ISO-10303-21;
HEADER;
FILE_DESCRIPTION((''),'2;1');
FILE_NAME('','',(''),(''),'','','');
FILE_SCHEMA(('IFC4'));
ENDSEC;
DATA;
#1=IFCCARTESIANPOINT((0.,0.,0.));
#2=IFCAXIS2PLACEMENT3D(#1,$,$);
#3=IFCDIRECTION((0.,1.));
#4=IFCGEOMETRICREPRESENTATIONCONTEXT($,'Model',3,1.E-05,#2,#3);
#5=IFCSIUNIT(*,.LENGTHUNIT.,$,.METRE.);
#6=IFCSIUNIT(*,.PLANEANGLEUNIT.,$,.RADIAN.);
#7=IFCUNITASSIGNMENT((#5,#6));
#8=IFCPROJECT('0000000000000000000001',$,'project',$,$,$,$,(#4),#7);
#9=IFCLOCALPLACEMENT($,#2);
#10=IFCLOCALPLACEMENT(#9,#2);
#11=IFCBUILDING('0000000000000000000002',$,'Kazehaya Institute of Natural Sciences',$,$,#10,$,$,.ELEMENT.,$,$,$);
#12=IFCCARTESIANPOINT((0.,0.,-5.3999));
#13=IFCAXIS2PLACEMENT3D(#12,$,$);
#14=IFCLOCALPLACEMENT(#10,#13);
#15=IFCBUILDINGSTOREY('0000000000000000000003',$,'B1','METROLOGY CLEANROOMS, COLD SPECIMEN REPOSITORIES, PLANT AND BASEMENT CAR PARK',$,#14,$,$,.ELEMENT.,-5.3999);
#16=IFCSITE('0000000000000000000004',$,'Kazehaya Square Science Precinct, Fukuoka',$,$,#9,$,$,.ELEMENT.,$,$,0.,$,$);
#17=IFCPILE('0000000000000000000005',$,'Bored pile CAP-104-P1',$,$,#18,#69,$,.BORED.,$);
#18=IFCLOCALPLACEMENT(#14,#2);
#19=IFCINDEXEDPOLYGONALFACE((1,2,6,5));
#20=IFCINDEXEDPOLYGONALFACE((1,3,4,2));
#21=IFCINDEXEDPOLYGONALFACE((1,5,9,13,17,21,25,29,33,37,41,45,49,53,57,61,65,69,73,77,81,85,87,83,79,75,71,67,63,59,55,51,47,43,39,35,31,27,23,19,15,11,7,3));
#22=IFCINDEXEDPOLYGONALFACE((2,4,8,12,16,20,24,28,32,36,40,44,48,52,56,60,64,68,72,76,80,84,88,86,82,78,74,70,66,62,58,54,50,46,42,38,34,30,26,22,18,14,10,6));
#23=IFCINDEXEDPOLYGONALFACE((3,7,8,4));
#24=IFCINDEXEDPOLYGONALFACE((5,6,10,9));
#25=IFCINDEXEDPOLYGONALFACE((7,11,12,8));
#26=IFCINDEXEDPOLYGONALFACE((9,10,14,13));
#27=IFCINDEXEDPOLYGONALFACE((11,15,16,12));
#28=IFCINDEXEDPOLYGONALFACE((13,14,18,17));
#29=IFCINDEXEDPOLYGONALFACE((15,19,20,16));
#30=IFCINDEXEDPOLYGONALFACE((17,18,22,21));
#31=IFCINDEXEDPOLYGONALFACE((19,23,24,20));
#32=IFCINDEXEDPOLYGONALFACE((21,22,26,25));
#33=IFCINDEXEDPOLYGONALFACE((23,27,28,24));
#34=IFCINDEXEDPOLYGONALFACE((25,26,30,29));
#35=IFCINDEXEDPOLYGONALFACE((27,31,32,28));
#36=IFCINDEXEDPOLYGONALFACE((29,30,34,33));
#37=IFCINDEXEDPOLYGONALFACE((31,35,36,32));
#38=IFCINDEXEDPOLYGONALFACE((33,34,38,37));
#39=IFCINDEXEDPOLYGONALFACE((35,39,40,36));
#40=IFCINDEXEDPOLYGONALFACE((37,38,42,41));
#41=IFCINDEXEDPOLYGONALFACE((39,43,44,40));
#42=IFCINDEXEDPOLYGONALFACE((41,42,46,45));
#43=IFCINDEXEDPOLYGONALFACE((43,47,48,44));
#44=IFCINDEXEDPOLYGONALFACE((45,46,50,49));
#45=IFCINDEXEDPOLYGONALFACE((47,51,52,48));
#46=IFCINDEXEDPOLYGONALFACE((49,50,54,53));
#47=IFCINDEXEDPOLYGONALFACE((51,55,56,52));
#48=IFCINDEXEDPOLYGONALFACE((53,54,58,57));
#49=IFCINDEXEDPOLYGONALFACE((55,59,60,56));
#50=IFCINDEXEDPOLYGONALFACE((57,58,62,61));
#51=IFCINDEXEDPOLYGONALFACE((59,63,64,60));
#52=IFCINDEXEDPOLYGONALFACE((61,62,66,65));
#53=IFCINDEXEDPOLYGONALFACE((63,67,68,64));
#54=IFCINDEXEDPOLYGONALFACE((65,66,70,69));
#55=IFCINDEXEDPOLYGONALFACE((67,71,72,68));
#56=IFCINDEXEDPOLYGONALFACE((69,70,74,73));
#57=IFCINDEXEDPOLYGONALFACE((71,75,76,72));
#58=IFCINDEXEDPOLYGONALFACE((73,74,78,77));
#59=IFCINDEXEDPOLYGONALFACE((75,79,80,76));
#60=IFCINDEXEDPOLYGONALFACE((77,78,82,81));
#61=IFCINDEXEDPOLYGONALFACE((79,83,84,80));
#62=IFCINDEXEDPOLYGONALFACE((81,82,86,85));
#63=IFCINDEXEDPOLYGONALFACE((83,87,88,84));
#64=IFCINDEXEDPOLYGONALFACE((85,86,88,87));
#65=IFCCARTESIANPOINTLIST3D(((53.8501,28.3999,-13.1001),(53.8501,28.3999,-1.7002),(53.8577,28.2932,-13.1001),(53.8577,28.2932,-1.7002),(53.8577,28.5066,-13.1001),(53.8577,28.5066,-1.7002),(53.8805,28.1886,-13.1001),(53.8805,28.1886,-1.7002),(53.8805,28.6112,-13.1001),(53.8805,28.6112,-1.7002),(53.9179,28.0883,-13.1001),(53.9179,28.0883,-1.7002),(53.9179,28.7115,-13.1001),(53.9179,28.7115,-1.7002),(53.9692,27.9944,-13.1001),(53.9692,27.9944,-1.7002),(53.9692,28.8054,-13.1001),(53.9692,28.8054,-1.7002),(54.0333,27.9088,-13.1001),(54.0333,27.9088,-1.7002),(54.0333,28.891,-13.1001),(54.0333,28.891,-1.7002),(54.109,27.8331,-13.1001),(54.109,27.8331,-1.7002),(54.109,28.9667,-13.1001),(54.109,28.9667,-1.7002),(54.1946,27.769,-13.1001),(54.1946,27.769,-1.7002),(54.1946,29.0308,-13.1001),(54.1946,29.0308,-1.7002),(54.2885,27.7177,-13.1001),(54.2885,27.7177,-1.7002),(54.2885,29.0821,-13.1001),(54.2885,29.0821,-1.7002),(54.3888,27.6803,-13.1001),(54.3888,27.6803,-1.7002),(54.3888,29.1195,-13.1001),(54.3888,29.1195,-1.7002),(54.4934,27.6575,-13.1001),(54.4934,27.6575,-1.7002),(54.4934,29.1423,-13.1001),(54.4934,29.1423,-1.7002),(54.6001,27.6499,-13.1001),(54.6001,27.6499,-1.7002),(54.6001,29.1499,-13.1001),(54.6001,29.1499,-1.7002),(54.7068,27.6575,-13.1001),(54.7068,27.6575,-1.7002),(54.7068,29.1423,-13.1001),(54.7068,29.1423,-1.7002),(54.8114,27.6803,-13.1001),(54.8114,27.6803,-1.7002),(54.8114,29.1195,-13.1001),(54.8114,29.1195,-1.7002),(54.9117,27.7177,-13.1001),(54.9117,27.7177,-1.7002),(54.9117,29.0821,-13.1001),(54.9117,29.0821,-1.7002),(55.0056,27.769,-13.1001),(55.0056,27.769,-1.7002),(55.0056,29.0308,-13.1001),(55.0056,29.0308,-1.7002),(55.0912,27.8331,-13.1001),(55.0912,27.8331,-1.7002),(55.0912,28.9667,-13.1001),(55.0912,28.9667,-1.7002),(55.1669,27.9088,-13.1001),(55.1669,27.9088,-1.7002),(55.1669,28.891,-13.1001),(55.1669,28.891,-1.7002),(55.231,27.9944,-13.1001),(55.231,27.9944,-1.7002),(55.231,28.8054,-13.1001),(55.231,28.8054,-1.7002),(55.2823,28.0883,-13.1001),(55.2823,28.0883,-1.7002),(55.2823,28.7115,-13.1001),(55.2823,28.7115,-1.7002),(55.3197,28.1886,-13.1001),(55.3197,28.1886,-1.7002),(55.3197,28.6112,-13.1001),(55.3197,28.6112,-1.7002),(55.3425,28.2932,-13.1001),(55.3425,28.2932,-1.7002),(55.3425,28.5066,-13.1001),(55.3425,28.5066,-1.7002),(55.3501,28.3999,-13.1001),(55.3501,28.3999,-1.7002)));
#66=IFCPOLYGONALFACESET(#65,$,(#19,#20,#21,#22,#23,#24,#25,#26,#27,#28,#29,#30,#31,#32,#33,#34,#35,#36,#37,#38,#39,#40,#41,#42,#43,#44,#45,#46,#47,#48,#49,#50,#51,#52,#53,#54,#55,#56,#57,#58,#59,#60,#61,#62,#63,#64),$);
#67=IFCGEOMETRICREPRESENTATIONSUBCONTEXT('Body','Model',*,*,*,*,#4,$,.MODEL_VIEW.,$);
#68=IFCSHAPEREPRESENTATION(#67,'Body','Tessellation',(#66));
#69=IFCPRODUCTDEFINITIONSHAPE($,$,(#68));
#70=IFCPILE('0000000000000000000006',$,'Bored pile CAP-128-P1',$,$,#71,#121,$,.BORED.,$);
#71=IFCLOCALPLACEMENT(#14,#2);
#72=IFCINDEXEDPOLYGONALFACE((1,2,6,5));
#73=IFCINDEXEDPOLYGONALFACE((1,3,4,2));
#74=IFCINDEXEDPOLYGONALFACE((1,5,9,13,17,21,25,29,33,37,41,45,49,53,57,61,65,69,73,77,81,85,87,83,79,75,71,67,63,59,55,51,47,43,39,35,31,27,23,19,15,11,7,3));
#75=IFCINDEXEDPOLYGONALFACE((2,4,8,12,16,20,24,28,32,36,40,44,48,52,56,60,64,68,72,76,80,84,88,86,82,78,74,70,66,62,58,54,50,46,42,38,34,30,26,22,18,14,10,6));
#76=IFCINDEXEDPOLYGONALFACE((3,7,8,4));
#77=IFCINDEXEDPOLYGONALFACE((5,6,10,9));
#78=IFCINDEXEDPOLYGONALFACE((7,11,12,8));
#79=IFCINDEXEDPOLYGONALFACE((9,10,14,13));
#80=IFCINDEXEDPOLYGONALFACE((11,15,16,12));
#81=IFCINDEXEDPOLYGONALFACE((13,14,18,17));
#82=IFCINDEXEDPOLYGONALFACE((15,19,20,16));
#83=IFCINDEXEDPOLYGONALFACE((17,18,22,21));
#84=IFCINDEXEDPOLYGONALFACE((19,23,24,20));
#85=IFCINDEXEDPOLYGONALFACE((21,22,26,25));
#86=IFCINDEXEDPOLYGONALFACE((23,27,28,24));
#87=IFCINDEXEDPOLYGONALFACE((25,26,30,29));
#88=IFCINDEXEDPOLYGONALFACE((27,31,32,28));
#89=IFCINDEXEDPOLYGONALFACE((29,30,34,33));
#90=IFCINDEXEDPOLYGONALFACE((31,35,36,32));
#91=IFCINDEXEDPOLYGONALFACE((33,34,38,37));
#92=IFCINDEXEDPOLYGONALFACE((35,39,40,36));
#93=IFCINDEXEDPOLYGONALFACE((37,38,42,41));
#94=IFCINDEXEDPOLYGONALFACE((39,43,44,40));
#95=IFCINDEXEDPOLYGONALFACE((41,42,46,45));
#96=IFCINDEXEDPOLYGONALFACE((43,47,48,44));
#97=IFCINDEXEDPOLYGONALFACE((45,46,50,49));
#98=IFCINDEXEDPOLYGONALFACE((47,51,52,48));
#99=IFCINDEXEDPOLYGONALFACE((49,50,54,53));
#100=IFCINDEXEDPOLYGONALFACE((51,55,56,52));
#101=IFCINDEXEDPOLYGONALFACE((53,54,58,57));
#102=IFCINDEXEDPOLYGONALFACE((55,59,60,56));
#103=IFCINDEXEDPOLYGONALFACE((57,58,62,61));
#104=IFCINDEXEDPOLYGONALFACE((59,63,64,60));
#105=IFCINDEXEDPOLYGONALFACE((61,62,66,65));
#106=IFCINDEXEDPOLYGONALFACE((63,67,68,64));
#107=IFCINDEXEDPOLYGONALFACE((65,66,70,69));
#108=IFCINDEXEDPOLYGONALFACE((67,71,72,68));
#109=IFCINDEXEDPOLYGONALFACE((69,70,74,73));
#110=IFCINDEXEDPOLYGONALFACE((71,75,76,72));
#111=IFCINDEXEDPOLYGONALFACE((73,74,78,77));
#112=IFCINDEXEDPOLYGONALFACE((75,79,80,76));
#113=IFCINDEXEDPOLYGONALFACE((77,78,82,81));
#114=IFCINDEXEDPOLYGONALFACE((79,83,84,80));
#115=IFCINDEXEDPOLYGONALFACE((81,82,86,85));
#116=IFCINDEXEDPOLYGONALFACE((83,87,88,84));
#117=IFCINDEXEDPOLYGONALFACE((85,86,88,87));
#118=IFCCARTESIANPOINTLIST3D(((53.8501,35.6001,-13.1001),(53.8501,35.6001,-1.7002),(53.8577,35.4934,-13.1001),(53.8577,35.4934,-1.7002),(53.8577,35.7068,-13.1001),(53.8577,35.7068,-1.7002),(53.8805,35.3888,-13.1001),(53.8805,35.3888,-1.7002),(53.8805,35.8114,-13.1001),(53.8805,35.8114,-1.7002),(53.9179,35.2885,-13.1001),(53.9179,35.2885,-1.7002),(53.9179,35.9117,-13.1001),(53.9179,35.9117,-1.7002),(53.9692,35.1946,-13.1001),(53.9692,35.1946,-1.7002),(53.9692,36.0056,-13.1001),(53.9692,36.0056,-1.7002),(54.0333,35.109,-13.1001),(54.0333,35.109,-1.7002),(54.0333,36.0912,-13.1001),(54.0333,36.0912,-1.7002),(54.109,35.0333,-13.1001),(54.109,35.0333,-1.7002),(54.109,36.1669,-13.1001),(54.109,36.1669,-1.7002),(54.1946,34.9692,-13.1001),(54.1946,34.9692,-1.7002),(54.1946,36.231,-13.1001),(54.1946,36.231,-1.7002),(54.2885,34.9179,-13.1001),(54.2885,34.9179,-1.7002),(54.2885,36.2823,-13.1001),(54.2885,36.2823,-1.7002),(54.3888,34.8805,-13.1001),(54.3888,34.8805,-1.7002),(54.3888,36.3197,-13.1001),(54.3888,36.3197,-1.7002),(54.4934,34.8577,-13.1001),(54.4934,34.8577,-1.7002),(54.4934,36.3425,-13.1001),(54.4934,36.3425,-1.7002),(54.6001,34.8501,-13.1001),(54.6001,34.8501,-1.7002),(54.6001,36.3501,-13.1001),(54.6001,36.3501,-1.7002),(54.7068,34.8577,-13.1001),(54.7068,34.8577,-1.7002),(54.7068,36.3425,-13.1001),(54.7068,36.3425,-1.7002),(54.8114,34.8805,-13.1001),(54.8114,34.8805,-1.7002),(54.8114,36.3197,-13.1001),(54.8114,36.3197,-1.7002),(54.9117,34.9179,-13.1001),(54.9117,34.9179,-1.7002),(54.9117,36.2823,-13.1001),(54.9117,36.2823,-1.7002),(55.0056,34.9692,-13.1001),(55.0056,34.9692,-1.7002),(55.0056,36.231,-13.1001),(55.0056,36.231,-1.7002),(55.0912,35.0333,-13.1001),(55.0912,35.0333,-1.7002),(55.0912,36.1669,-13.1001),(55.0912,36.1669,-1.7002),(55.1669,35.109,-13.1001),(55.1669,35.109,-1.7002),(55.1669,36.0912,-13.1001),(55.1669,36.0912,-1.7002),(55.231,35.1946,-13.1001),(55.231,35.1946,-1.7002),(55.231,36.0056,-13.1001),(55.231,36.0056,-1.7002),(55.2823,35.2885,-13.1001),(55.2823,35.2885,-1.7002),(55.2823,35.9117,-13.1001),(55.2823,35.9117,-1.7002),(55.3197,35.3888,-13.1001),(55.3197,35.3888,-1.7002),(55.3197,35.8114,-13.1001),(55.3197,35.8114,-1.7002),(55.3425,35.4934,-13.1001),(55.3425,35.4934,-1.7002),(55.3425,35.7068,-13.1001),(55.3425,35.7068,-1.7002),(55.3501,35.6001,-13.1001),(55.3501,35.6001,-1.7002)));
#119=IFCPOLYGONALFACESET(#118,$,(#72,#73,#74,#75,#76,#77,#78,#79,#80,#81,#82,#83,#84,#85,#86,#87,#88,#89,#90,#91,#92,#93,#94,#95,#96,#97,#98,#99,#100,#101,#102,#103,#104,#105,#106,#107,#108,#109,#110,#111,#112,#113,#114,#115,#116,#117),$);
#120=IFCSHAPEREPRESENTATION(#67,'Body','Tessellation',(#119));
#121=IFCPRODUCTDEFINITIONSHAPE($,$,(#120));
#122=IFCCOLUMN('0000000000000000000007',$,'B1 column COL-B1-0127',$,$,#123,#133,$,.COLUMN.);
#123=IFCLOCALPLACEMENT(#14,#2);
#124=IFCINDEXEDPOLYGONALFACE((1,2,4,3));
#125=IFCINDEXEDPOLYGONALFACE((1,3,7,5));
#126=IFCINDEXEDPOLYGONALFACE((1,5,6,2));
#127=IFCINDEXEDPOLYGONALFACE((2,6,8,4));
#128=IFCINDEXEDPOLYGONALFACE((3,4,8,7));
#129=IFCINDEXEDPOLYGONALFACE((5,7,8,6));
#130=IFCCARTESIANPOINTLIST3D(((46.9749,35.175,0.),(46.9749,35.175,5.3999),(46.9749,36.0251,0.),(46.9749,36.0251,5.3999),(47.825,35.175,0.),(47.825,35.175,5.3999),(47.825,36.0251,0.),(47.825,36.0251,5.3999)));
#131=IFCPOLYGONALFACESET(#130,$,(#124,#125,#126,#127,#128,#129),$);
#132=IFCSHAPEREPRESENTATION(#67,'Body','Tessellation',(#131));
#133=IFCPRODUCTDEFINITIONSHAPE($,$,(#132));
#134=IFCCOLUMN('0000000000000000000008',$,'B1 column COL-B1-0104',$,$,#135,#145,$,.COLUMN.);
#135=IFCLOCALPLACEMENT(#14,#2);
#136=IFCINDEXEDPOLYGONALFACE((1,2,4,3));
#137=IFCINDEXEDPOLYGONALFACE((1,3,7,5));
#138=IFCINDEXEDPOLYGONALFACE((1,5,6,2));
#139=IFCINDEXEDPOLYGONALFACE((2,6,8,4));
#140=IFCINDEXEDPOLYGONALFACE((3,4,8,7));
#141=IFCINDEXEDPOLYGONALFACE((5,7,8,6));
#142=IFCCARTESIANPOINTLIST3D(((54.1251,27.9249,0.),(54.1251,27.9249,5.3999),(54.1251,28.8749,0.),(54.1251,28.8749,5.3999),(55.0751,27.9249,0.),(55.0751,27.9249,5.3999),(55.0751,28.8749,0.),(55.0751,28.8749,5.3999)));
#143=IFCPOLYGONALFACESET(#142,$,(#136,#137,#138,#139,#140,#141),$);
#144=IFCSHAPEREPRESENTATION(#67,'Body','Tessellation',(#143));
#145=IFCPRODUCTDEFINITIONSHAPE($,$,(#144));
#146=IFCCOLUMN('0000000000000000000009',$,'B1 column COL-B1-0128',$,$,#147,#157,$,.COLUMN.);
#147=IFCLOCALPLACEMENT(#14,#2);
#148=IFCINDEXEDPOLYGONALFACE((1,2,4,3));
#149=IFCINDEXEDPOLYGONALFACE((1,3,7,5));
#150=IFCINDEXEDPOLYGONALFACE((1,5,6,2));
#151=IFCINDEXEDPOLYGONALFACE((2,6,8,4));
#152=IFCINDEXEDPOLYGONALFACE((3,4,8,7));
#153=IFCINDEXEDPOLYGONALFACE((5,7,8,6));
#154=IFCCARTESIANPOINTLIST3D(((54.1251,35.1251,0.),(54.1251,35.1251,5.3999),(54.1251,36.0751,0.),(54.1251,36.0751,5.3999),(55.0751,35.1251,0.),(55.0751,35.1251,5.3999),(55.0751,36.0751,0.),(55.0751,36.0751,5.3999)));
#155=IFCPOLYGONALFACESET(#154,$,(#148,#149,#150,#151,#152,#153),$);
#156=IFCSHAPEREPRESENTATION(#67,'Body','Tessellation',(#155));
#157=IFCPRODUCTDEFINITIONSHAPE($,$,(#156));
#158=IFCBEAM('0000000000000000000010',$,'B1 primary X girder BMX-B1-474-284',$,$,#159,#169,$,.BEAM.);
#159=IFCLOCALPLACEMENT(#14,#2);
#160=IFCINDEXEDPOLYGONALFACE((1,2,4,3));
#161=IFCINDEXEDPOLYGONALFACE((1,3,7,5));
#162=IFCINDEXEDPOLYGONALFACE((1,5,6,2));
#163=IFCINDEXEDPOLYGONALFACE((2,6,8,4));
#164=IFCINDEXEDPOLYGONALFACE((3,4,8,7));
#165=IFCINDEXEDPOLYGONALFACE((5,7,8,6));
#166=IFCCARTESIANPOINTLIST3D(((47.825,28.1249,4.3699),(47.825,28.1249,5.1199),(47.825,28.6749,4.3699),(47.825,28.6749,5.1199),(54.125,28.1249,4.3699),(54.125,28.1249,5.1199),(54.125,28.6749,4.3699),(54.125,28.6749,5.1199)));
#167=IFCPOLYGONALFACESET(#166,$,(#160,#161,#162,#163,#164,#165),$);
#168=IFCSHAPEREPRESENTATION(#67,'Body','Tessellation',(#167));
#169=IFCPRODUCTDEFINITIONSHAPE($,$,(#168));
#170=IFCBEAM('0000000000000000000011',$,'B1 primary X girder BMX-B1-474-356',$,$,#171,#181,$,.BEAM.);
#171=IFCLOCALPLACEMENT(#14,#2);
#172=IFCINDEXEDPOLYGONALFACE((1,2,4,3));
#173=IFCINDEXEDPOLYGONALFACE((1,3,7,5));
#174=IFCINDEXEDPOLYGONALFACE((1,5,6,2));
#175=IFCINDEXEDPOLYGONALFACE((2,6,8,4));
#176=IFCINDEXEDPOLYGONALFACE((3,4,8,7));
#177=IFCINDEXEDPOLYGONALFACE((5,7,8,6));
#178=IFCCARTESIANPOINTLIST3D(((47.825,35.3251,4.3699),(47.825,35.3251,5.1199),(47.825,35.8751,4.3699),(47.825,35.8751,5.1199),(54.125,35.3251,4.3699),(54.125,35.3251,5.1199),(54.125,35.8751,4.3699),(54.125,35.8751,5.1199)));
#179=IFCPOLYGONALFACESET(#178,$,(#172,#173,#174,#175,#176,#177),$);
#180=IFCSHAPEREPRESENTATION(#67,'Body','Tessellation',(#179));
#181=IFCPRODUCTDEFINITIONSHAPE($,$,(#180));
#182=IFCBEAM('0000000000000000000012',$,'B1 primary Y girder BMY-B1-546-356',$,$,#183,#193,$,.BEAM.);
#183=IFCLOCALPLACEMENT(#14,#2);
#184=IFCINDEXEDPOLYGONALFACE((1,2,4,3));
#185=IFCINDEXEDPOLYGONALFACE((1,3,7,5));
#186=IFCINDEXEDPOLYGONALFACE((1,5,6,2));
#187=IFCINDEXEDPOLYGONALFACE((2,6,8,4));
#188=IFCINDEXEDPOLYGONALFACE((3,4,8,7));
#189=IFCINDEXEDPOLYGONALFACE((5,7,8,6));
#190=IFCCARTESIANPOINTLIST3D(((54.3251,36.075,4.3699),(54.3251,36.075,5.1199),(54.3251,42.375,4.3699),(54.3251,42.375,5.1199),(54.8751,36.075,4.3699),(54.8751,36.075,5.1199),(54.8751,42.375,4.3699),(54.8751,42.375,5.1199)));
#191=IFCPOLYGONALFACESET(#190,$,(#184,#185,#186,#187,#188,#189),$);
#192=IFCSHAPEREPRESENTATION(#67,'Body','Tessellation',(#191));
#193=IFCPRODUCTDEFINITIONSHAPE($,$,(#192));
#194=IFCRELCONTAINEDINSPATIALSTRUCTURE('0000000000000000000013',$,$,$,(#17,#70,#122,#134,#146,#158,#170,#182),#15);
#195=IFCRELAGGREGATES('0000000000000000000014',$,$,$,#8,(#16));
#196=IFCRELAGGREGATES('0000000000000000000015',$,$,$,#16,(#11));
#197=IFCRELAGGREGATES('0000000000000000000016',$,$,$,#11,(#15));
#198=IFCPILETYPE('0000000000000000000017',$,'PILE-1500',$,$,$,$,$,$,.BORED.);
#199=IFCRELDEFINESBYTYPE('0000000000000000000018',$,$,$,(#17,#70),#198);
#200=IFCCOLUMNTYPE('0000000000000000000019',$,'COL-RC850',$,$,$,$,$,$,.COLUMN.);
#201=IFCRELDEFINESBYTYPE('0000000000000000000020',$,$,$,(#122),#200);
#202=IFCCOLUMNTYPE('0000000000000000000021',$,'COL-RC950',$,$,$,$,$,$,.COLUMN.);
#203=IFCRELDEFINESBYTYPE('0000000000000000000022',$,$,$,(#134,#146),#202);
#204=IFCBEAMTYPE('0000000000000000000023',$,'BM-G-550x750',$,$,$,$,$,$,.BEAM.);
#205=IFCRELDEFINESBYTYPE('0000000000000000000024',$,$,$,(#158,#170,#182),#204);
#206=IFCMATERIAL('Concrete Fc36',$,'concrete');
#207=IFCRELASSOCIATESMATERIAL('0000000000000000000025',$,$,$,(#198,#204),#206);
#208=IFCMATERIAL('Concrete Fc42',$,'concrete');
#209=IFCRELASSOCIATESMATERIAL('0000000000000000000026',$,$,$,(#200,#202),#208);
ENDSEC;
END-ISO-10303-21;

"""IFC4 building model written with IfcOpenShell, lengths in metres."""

from ifc_helpers import new_model, si_unit, direction, frame, origin, origin_2d, place, context, subcontext, project, spatial, rectangle, circle, extrude, material, material_profile, profile_set, type_object, element, save


model = new_model("IFC4")

# Units and contexts
model_context = context("Model", 3, precision=1e-05, world=origin(), true_north=direction((0.0, 1.0)))
body_context = subcontext(model_context, "Body", "Model", "MODEL_VIEW")
ifc_project = project(units=[si_unit("LENGTHUNIT", "METRE"), si_unit("PLANEANGLEUNIT", "RADIAN")], contexts=[model_context])

# Site, building, storey
site_placement = place(None, origin())
site = spatial("IfcSite", under=ifc_project, at=site_placement, Name="Kazehaya Square Science Precinct, Fukuoka", CompositionType="ELEMENT", RefElevation=0.0)
building_placement = place(site_placement, origin())
building = spatial("IfcBuilding", under=site, at=building_placement, Name="Kazehaya Institute of Natural Sciences", CompositionType="ELEMENT")
storey_placement = place(building_placement, frame((0.0, 0.0, -5.3999)))
storey = spatial("IfcBuildingStorey", under=building, at=storey_placement, Name="B1", Description="METROLOGY CLEANROOMS, COLD SPECIMEN REPOSITORIES, PLANT AND BASEMENT CAR PARK", CompositionType="ELEMENT", Elevation=-5.3999)

# Shared definitions
ifc_material_1 = material(Name="Concrete Fc36", Category="concrete")

# Piles
ifc_material_profile_1 = material_profile(ifc_material_1, circle(Radius=0.75, at=origin_2d()), Name="PILE-1500")
ifc_profile_set_1 = profile_set([ifc_material_profile_1], Name="Concrete Fc36")
pile_type_1 = type_object("IfcPileType", Name="PILE-1500", PredefinedType="BORED", material=ifc_profile_set_1)
for number, where, z_axis, x_axis, name in (
    (1, (54.6001, 28.3999, -1.7002), (0.0, 0.0, -1.0), (1.0, 0.0, 0.0), "Bored pile CAP-104-P1"),
    (2, (54.6001, 35.6001, -1.7002), (0.0, 0.0, -1.0), (1.0, 0.0, 0.0), "Bored pile CAP-128-P1"),
):
    element("IfcPile", number, at=place(storey_placement, frame(where, z_axis=z_axis, x_axis=x_axis)), inside=storey, type_object=pile_type_1, Name=name, PredefinedType="BORED", context=body_context, shape_type="SweptSolid", body=[
        extrude(circle(Radius=0.75, at=origin_2d()), origin(), (0.0, 0.0, 1.0), 11.3999),
    ])

# Columns
ifc_material_2 = material(Name="Concrete Fc42", Category="concrete")
ifc_material_profile_2 = material_profile(ifc_material_2, rectangle(XDim=0.8501, YDim=0.8501, at=origin_2d()), Name="RC-850x850")
ifc_profile_set_2 = profile_set([ifc_material_profile_2], Name="Concrete Fc42")
column_type_1 = type_object("IfcColumnType", Name="COL-RC850", PredefinedType="COLUMN", material=ifc_profile_set_2)
column_placement = place(storey_placement, frame((47.3999, 35.6001, 0.0), z_axis=(0.0, 0.0, 1.0), x_axis=(1.0, 0.0, 0.0)))
element("IfcColumn", 3, at=column_placement, inside=storey, type_object=column_type_1, Name="B1 column COL-B1-0127", PredefinedType="COLUMN", context=body_context, shape_type="SweptSolid", body=[
    extrude(rectangle(XDim=0.8501, YDim=0.8501, at=origin_2d()), origin(), (0.0, 0.0, 1.0), 5.3999),
])
ifc_material_profile_3 = material_profile(ifc_material_2, rectangle(XDim=0.95, YDim=0.95, at=origin_2d()), Name="RC-950x950")
ifc_profile_set_3 = profile_set([ifc_material_profile_3], Name="Concrete Fc42")
column_type_2 = type_object("IfcColumnType", Name="COL-RC950", PredefinedType="COLUMN", material=ifc_profile_set_3)
for number, where, z_axis, x_axis, name in (
    (4, (54.6001, 28.3999, 0.0), (0.0, 0.0, 1.0), (1.0, 0.0, 0.0), "B1 column COL-B1-0104"),
    (5, (54.6001, 35.6001, 0.0), (0.0, 0.0, 1.0), (1.0, 0.0, 0.0), "B1 column COL-B1-0128"),
):
    element("IfcColumn", number, at=place(storey_placement, frame(where, z_axis=z_axis, x_axis=x_axis)), inside=storey, type_object=column_type_2, Name=name, PredefinedType="COLUMN", context=body_context, shape_type="SweptSolid", body=[
        extrude(rectangle(XDim=0.95, YDim=0.95, at=origin_2d()), origin(), (0.0, 0.0, 1.0), 5.3999),
    ])

# Beams
ifc_material_profile_4 = material_profile(ifc_material_1, rectangle(XDim=0.55, YDim=0.75, at=origin_2d()), Name="RC-550x750")
ifc_profile_set_4 = profile_set([ifc_material_profile_4], Name="Concrete Fc36")
beam_type_1 = type_object("IfcBeamType", Name="BM-G-550x750", PredefinedType="BEAM", material=ifc_profile_set_4)
for number, where, z_axis, x_axis, name in (
    (6, (47.825, 28.3999, 4.7449), (1.0, 0.0, 0.0), (0.0, 1.0, 0.0), "B1 primary X girder BMX-B1-474-284"),
    (7, (47.825, 35.6001, 4.7449), (1.0, 0.0, 0.0), (0.0, 1.0, 0.0), "B1 primary X girder BMX-B1-474-356"),
    (8, (54.6001, 36.075, 4.7449), (0.0, 1.0, 0.0), (-1.0, 0.0, 0.0), "B1 primary Y girder BMY-B1-546-356"),
):
    element("IfcBeam", number, at=place(storey_placement, frame(where, z_axis=z_axis, x_axis=x_axis)), inside=storey, type_object=beam_type_1, Name=name, PredefinedType="BEAM", context=body_context, shape_type="SweptSolid", body=[
        extrude(rectangle(XDim=0.55, YDim=0.75, at=origin_2d()), origin(), (0.0, 0.0, 1.0), 6.3),
    ])

save(model, "model.ifc")
